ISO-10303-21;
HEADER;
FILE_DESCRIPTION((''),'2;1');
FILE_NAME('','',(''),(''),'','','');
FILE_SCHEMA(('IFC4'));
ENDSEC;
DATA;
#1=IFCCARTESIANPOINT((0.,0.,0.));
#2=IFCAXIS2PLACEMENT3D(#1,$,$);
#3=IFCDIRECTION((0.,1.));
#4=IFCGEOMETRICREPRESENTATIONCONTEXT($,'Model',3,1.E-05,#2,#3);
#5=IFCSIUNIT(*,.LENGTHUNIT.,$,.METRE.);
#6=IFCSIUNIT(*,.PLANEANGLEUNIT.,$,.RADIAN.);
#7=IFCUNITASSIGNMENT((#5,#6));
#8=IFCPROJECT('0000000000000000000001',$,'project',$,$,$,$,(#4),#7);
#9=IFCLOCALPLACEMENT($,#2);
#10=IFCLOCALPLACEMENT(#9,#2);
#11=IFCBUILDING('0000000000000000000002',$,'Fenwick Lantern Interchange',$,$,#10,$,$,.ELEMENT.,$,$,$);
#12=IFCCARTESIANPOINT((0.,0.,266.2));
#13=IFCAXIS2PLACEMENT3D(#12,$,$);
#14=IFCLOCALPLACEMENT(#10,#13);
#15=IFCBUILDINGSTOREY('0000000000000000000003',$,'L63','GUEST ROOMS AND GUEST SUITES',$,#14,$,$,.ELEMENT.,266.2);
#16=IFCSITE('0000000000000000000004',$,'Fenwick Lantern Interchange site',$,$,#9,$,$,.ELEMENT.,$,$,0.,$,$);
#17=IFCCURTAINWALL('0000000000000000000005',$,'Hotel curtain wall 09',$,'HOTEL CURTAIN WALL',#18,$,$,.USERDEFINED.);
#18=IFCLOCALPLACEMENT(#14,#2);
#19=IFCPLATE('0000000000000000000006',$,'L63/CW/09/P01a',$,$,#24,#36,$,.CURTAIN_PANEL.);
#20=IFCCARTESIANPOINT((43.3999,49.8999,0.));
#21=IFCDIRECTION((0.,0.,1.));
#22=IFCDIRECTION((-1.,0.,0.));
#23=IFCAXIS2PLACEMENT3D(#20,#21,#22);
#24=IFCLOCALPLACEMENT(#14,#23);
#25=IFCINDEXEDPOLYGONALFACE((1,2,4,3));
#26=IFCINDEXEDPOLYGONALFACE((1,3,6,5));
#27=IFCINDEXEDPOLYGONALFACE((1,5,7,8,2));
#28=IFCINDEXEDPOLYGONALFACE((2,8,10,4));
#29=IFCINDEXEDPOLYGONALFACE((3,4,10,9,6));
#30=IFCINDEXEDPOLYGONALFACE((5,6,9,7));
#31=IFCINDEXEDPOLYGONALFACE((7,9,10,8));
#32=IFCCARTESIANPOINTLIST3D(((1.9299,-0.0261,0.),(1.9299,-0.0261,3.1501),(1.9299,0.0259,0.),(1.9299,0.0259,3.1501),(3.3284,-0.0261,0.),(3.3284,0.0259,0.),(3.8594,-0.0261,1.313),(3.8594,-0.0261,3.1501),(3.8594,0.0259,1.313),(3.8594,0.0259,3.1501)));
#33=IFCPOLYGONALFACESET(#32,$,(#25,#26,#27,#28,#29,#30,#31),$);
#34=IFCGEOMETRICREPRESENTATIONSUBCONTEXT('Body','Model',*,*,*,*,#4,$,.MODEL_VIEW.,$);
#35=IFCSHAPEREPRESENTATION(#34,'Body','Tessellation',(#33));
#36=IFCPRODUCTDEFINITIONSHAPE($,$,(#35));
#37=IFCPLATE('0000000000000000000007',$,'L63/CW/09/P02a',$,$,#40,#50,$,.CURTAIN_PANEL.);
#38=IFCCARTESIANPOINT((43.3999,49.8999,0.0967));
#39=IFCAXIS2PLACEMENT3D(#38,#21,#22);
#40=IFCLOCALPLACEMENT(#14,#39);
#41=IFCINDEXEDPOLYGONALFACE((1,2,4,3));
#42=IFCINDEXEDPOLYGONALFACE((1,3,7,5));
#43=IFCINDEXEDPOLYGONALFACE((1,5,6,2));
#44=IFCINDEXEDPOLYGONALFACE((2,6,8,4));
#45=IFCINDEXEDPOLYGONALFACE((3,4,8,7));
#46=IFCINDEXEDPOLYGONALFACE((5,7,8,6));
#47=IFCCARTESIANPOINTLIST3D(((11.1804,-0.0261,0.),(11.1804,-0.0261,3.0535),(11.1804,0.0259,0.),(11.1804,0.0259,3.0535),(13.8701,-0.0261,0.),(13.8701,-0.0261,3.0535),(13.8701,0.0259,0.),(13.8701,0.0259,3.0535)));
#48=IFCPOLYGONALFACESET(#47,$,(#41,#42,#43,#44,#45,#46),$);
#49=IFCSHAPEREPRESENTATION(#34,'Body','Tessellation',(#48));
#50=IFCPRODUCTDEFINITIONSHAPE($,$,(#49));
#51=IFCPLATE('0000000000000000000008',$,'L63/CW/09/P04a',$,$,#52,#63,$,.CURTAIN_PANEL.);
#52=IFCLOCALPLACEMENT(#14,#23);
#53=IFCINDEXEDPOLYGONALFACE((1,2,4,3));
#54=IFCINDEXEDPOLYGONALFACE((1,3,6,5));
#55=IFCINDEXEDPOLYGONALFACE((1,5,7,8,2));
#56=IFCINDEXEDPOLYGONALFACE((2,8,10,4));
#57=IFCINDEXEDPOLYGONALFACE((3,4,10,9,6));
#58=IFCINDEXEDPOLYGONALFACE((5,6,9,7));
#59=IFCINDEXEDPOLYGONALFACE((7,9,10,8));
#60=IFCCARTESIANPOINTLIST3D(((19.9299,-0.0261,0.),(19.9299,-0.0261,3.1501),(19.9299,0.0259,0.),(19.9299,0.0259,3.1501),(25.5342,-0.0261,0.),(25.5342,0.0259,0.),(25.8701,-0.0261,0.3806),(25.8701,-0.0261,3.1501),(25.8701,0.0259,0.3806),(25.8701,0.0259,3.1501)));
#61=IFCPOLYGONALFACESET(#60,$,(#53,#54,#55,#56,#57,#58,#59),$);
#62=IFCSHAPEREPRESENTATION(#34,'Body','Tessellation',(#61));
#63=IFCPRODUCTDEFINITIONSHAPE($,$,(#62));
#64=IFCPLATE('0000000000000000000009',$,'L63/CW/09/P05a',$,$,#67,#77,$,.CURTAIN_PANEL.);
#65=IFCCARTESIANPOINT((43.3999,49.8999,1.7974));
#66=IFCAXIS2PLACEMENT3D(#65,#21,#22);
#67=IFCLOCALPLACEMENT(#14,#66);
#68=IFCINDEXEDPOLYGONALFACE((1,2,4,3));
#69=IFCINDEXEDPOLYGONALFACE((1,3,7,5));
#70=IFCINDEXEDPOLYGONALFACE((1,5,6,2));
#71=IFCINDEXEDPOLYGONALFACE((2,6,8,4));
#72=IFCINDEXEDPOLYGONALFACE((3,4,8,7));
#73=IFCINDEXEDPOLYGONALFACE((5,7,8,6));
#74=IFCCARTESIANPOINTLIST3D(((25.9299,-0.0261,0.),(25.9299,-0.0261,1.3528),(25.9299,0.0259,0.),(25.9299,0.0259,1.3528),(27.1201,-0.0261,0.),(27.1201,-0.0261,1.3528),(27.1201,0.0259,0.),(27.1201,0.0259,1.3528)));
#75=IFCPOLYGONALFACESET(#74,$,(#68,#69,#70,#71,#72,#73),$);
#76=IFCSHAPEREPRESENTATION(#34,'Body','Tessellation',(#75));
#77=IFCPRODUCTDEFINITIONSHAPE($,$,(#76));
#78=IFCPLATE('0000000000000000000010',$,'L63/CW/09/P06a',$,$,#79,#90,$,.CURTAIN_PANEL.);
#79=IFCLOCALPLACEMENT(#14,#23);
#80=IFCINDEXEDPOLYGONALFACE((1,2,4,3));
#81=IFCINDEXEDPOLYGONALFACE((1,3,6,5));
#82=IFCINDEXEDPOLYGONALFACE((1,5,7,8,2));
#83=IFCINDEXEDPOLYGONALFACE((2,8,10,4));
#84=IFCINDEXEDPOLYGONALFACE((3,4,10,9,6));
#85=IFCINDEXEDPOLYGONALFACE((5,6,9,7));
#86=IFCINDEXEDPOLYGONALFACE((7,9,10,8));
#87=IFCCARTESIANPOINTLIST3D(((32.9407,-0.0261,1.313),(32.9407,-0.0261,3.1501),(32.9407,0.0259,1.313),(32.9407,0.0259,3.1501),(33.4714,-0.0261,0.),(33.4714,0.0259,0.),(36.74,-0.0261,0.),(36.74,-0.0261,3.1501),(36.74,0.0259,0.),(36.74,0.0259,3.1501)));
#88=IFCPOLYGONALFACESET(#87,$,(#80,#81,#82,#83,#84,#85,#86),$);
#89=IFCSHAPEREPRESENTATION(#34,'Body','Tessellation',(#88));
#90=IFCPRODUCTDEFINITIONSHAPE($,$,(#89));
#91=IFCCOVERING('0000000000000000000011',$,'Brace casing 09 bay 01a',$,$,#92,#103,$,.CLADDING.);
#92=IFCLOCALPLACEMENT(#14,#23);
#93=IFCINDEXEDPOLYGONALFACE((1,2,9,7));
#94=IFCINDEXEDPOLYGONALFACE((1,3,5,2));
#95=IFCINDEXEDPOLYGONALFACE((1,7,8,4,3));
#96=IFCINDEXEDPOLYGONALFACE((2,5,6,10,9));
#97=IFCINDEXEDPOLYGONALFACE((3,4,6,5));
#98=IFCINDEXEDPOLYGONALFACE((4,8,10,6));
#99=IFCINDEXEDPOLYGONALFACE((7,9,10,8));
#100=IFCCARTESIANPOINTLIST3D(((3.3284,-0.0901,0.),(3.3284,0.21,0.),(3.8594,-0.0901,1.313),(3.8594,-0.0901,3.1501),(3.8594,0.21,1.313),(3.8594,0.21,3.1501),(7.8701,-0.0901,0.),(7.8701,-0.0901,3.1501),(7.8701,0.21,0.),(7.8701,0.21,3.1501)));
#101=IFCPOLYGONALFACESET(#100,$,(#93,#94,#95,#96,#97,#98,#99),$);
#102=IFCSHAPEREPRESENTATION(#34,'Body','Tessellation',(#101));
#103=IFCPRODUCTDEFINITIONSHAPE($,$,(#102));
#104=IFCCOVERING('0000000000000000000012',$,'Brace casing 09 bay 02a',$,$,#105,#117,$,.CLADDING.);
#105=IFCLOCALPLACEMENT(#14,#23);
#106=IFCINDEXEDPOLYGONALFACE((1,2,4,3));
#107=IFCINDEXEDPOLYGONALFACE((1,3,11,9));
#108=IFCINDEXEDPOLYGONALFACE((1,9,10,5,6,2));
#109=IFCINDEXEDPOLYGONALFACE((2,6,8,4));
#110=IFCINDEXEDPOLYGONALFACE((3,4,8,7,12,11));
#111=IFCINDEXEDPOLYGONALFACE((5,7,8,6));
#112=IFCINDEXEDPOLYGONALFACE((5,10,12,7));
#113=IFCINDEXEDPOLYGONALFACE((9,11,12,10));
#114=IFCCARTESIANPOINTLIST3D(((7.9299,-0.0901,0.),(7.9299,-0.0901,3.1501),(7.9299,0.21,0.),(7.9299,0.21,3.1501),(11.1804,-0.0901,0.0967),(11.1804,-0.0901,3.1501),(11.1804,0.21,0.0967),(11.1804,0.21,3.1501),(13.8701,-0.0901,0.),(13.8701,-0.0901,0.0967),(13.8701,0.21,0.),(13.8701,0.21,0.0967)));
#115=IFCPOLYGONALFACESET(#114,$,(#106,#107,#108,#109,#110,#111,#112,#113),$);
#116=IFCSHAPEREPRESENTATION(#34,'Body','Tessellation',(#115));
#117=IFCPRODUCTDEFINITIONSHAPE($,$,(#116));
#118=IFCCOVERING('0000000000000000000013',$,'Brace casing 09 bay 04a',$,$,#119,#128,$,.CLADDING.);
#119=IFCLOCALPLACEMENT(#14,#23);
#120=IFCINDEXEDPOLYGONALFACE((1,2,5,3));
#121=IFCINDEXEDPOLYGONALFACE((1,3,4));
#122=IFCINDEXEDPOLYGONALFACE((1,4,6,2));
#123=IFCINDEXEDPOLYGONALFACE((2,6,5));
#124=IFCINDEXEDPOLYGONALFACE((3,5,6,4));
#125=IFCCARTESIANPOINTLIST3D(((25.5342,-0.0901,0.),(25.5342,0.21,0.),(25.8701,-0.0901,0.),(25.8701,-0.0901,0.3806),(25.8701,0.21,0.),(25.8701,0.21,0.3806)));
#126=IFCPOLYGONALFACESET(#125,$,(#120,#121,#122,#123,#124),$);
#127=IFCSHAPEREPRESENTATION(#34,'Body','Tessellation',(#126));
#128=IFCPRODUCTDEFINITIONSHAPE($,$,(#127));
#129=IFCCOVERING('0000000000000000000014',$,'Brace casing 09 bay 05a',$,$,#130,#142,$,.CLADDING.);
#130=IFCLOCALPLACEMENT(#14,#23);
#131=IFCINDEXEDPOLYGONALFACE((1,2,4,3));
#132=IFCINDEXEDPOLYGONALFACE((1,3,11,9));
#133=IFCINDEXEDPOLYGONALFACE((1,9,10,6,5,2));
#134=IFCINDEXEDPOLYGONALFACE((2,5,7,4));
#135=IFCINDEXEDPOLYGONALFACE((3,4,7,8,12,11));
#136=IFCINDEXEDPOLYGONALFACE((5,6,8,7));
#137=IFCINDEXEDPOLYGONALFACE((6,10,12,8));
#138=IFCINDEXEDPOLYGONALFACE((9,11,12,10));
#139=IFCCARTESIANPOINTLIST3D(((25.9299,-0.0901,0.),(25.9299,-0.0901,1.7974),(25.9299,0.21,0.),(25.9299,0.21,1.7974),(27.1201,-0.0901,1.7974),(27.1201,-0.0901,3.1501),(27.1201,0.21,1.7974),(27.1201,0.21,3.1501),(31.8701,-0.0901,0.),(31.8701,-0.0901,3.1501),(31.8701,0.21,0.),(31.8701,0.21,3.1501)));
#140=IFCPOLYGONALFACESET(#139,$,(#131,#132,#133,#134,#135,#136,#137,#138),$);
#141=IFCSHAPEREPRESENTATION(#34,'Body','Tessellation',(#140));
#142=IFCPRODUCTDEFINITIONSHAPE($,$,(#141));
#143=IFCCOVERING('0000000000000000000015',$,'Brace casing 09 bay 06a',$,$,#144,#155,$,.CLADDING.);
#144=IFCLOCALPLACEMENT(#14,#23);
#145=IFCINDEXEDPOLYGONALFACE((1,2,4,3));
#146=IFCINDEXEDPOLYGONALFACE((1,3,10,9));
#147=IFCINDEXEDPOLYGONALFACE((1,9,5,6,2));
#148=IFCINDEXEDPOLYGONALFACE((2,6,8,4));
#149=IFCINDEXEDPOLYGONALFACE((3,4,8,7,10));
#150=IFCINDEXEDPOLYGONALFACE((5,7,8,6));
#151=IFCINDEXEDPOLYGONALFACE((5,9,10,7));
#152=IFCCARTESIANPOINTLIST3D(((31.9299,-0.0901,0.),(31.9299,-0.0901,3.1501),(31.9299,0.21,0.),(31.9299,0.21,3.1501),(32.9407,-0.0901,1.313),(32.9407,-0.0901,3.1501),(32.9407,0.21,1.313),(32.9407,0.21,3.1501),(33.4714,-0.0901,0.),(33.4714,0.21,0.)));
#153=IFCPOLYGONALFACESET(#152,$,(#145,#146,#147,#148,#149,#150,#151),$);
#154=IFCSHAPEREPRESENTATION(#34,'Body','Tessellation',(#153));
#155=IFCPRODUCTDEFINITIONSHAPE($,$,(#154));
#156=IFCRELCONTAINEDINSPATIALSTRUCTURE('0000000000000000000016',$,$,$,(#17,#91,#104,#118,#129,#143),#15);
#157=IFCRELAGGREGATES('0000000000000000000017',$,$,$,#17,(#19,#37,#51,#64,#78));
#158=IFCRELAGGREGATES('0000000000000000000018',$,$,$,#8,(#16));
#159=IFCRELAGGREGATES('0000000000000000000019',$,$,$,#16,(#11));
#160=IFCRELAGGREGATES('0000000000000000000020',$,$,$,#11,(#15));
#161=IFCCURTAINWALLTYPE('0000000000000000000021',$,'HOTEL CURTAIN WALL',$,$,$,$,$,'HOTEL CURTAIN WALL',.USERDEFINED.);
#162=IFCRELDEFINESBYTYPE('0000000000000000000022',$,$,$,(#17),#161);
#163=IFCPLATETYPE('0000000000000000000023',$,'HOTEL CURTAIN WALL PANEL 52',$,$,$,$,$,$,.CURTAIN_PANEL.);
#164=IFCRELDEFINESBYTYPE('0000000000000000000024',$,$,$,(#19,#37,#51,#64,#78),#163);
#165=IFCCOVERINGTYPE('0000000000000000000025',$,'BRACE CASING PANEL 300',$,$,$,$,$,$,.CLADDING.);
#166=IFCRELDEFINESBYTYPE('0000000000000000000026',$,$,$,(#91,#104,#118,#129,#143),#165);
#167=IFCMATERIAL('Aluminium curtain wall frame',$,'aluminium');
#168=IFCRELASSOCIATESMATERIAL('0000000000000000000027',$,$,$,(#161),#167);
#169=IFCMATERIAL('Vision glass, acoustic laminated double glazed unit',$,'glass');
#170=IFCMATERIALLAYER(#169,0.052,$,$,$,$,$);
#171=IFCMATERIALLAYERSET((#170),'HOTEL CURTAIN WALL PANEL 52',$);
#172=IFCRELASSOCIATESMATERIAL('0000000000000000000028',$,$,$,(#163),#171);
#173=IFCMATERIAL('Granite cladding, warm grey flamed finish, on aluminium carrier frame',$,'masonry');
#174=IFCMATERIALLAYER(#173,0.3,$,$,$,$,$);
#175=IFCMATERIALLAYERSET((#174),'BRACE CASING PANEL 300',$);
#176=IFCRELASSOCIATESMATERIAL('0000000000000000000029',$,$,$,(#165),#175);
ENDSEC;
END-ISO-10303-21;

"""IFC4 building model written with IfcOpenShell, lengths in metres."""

from ifc_helpers import new_model, si_unit, direction, frame, origin, place, context, subcontext, project, spatial, polyline, outline, extrude, material, layer, layer_set, type_object, element, aggregate, save


model = new_model("IFC4")

# Units and contexts
model_context = context("Model", 3, precision=1e-05, world=origin(), true_north=direction((0.0, 1.0)))
body_context = subcontext(model_context, "Body", "Model", "MODEL_VIEW")
ifc_project = project(units=[si_unit("LENGTHUNIT", "METRE"), si_unit("PLANEANGLEUNIT", "RADIAN")], contexts=[model_context])

# Site, building, storey
site_placement = place(None, origin())
site = spatial("IfcSite", under=ifc_project, at=site_placement, Name="Fenwick Lantern Interchange site", CompositionType="ELEMENT", RefElevation=0.0)
building_placement = place(site_placement, origin())
building = spatial("IfcBuilding", under=site, at=building_placement, Name="Fenwick Lantern Interchange", CompositionType="ELEMENT")
storey_placement = place(building_placement, frame((0.0, 0.0, 266.2)))
storey = spatial("IfcBuildingStorey", under=building, at=storey_placement, Name="L63", Description="GUEST ROOMS AND GUEST SUITES", CompositionType="ELEMENT", Elevation=266.2)

# Curtain wall
ifc_material_1 = material(Name="Aluminium curtain wall frame", Category="aluminium")
curtain_wall_type = type_object("IfcCurtainWallType", Name="HOTEL CURTAIN WALL", ElementType="HOTEL CURTAIN WALL", PredefinedType="USERDEFINED", material=ifc_material_1)
curtain_wall_1_placement = place(storey_placement, origin())
curtain_wall_1 = element("IfcCurtainWall", 1, at=curtain_wall_1_placement, inside=storey, type_object=curtain_wall_type, Name="Hotel curtain wall 09", ObjectType="HOTEL CURTAIN WALL", PredefinedType="USERDEFINED")

# Plates
ifc_material_2 = material(Name="Vision glass, acoustic laminated double glazed unit", Category="glass")
ifc_layer_1 = layer(ifc_material_2, 0.052)
ifc_layer_set_1 = layer_set([ifc_layer_1], Name="HOTEL CURTAIN WALL PANEL 52")
plate_type = type_object("IfcPlateType", Name="HOTEL CURTAIN WALL PANEL 52", PredefinedType="CURTAIN_PANEL", material=ifc_layer_set_1)
plate_1_placement = place(storey_placement, frame((43.3999, 49.8999, 0.0), z_axis=(0.0, 0.0, 1.0), x_axis=(-1.0, 0.0, 0.0)))
plate_1 = element("IfcPlate", 2, at=plate_1_placement, type_object=plate_type, Name="L63/CW/09/P01a", PredefinedType="CURTAIN_PANEL", context=body_context, shape_type="SweptSolid", body=[
    extrude(outline(polyline([(1.9299, 0.0), (3.3284, 0.0), (3.8594, 1.313), (3.8594, 3.1501), (1.9299, 3.1501), (1.9299, 0.0)])), frame((0.0, 0.0259, 0.0), z_axis=(0.0, -1.0, 0.0), x_axis=(1.0, 0.0, 0.0)), (0.0, 0.0, 1.0), 0.052),
])
plate_2_placement = place(storey_placement, frame((43.3999, 49.8999, 0.0967), z_axis=(0.0, 0.0, 1.0), x_axis=(-1.0, 0.0, 0.0)))
plate_2 = element("IfcPlate", 3, at=plate_2_placement, type_object=plate_type, Name="L63/CW/09/P02a", PredefinedType="CURTAIN_PANEL", context=body_context, shape_type="SweptSolid", body=[
    extrude(outline(polyline([(11.1804, 0.0), (13.8701, 0.0), (13.8701, 3.0535), (11.1804, 3.0535), (11.1804, 0.0)])), frame((0.0, 0.0259, 0.0), z_axis=(0.0, -1.0, 0.0), x_axis=(1.0, 0.0, 0.0)), (0.0, 0.0, 1.0), 0.052),
])
plate_3_placement = place(storey_placement, frame((43.3999, 49.8999, 0.0), z_axis=(0.0, 0.0, 1.0), x_axis=(-1.0, 0.0, 0.0)))
plate_3 = element("IfcPlate", 4, at=plate_3_placement, type_object=plate_type, Name="L63/CW/09/P04a", PredefinedType="CURTAIN_PANEL", context=body_context, shape_type="SweptSolid", body=[
    extrude(outline(polyline([(19.9299, 0.0), (25.5342, 0.0), (25.8701, 0.3806), (25.8701, 3.1501), (19.9299, 3.1501), (19.9299, 0.0)])), frame((0.0, 0.0259, 0.0), z_axis=(0.0, -1.0, 0.0), x_axis=(1.0, 0.0, 0.0)), (0.0, 0.0, 1.0), 0.052),
])
plate_4_placement = place(storey_placement, frame((43.3999, 49.8999, 1.7974), z_axis=(0.0, 0.0, 1.0), x_axis=(-1.0, 0.0, 0.0)))
plate_4 = element("IfcPlate", 5, at=plate_4_placement, type_object=plate_type, Name="L63/CW/09/P05a", PredefinedType="CURTAIN_PANEL", context=body_context, shape_type="SweptSolid", body=[
    extrude(outline(polyline([(25.9299, 0.0), (27.1201, 0.0), (27.1201, 1.3528), (25.9299, 1.3528), (25.9299, 0.0)])), frame((0.0, 0.0259, 0.0), z_axis=(0.0, -1.0, 0.0), x_axis=(1.0, 0.0, 0.0)), (0.0, 0.0, 1.0), 0.052),
])
plate_5_placement = place(storey_placement, frame((43.3999, 49.8999, 0.0), z_axis=(0.0, 0.0, 1.0), x_axis=(-1.0, 0.0, 0.0)))
plate_5 = element("IfcPlate", 6, at=plate_5_placement, type_object=plate_type, Name="L63/CW/09/P06a", PredefinedType="CURTAIN_PANEL", context=body_context, shape_type="SweptSolid", body=[
    extrude(outline(polyline([(33.4714, 0.0), (36.74, 0.0), (36.74, 3.1501), (32.9407, 3.1501), (32.9407, 1.313), (33.4714, 0.0)])), frame((0.0, 0.0259, 0.0), z_axis=(0.0, -1.0, 0.0), x_axis=(1.0, 0.0, 0.0)), (0.0, 0.0, 1.0), 0.052),
])
aggregate(curtain_wall_1, [plate_1, plate_2, plate_3, plate_4, plate_5])

# Coverings
ifc_material_3 = material(Name="Granite cladding, warm grey flamed finish, on aluminium carrier frame", Category="masonry")
ifc_layer_2 = layer(ifc_material_3, 0.3)
ifc_layer_set_2 = layer_set([ifc_layer_2], Name="BRACE CASING PANEL 300")
covering_type = type_object("IfcCoveringType", Name="BRACE CASING PANEL 300", PredefinedType="CLADDING", material=ifc_layer_set_2)
covering_1_placement = place(storey_placement, frame((43.3999, 49.8999, 0.0), z_axis=(0.0, 0.0, 1.0), x_axis=(-1.0, 0.0, 0.0)))
element("IfcCovering", 7, at=covering_1_placement, inside=storey, type_object=covering_type, Name="Brace casing 09 bay 01a", PredefinedType="CLADDING", context=body_context, shape_type="SweptSolid", body=[
    extrude(outline(polyline([(3.3284, 0.0), (7.8701, 0.0), (7.8701, 3.1501), (3.8594, 3.1501), (3.8594, 1.313), (3.3284, 0.0)])), frame((0.0, 0.21, 0.0), z_axis=(0.0, -1.0, 0.0), x_axis=(1.0, 0.0, 0.0)), (0.0, 0.0, 1.0), 0.3),
])
covering_2_placement = place(storey_placement, frame((43.3999, 49.8999, 0.0), z_axis=(0.0, 0.0, 1.0), x_axis=(-1.0, 0.0, 0.0)))
element("IfcCovering", 8, at=covering_2_placement, inside=storey, type_object=covering_type, Name="Brace casing 09 bay 02a", PredefinedType="CLADDING", context=body_context, shape_type="SweptSolid", body=[
    extrude(outline(polyline([(7.9299, 0.0), (13.8701, 0.0), (13.8701, 0.0967), (11.1804, 0.0967), (11.1804, 3.1501), (7.9299, 3.1501), (7.9299, 0.0)])), frame((0.0, 0.21, 0.0), z_axis=(0.0, -1.0, 0.0), x_axis=(1.0, 0.0, 0.0)), (0.0, 0.0, 1.0), 0.3),
])
covering_3_placement = place(storey_placement, frame((43.3999, 49.8999, 0.0), z_axis=(0.0, 0.0, 1.0), x_axis=(-1.0, 0.0, 0.0)))
element("IfcCovering", 9, at=covering_3_placement, inside=storey, type_object=covering_type, Name="Brace casing 09 bay 04a", PredefinedType="CLADDING", context=body_context, shape_type="SweptSolid", body=[
    extrude(outline(polyline([(25.5342, 0.0), (25.8701, 0.0), (25.8701, 0.3806), (25.5342, 0.0)])), frame((0.0, 0.21, 0.0), z_axis=(0.0, -1.0, 0.0), x_axis=(1.0, 0.0, 0.0)), (0.0, 0.0, 1.0), 0.3),
])
covering_4_placement = place(storey_placement, frame((43.3999, 49.8999, 0.0), z_axis=(0.0, 0.0, 1.0), x_axis=(-1.0, 0.0, 0.0)))
element("IfcCovering", 10, at=covering_4_placement, inside=storey, type_object=covering_type, Name="Brace casing 09 bay 05a", PredefinedType="CLADDING", context=body_context, shape_type="SweptSolid", body=[
    extrude(outline(polyline([(25.9299, 0.0), (31.8701, 0.0), (31.8701, 3.1501), (27.1201, 3.1501), (27.1201, 1.7974), (25.9299, 1.7974), (25.9299, 0.0)])), frame((0.0, 0.21, 0.0), z_axis=(0.0, -1.0, 0.0), x_axis=(1.0, 0.0, 0.0)), (0.0, 0.0, 1.0), 0.3),
])
covering_5_placement = place(storey_placement, frame((43.3999, 49.8999, 0.0), z_axis=(0.0, 0.0, 1.0), x_axis=(-1.0, 0.0, 0.0)))
element("IfcCovering", 11, at=covering_5_placement, inside=storey, type_object=covering_type, Name="Brace casing 09 bay 06a", PredefinedType="CLADDING", context=body_context, shape_type="SweptSolid", body=[
    extrude(outline(polyline([(31.9299, 0.0), (33.4714, 0.0), (32.9407, 1.313), (32.9407, 3.1501), (31.9299, 3.1501), (31.9299, 0.0)])), frame((0.0, 0.21, 0.0), z_axis=(0.0, -1.0, 0.0), x_axis=(1.0, 0.0, 0.0)), (0.0, 0.0, 1.0), 0.3),
])

save(model, "model.ifc")
